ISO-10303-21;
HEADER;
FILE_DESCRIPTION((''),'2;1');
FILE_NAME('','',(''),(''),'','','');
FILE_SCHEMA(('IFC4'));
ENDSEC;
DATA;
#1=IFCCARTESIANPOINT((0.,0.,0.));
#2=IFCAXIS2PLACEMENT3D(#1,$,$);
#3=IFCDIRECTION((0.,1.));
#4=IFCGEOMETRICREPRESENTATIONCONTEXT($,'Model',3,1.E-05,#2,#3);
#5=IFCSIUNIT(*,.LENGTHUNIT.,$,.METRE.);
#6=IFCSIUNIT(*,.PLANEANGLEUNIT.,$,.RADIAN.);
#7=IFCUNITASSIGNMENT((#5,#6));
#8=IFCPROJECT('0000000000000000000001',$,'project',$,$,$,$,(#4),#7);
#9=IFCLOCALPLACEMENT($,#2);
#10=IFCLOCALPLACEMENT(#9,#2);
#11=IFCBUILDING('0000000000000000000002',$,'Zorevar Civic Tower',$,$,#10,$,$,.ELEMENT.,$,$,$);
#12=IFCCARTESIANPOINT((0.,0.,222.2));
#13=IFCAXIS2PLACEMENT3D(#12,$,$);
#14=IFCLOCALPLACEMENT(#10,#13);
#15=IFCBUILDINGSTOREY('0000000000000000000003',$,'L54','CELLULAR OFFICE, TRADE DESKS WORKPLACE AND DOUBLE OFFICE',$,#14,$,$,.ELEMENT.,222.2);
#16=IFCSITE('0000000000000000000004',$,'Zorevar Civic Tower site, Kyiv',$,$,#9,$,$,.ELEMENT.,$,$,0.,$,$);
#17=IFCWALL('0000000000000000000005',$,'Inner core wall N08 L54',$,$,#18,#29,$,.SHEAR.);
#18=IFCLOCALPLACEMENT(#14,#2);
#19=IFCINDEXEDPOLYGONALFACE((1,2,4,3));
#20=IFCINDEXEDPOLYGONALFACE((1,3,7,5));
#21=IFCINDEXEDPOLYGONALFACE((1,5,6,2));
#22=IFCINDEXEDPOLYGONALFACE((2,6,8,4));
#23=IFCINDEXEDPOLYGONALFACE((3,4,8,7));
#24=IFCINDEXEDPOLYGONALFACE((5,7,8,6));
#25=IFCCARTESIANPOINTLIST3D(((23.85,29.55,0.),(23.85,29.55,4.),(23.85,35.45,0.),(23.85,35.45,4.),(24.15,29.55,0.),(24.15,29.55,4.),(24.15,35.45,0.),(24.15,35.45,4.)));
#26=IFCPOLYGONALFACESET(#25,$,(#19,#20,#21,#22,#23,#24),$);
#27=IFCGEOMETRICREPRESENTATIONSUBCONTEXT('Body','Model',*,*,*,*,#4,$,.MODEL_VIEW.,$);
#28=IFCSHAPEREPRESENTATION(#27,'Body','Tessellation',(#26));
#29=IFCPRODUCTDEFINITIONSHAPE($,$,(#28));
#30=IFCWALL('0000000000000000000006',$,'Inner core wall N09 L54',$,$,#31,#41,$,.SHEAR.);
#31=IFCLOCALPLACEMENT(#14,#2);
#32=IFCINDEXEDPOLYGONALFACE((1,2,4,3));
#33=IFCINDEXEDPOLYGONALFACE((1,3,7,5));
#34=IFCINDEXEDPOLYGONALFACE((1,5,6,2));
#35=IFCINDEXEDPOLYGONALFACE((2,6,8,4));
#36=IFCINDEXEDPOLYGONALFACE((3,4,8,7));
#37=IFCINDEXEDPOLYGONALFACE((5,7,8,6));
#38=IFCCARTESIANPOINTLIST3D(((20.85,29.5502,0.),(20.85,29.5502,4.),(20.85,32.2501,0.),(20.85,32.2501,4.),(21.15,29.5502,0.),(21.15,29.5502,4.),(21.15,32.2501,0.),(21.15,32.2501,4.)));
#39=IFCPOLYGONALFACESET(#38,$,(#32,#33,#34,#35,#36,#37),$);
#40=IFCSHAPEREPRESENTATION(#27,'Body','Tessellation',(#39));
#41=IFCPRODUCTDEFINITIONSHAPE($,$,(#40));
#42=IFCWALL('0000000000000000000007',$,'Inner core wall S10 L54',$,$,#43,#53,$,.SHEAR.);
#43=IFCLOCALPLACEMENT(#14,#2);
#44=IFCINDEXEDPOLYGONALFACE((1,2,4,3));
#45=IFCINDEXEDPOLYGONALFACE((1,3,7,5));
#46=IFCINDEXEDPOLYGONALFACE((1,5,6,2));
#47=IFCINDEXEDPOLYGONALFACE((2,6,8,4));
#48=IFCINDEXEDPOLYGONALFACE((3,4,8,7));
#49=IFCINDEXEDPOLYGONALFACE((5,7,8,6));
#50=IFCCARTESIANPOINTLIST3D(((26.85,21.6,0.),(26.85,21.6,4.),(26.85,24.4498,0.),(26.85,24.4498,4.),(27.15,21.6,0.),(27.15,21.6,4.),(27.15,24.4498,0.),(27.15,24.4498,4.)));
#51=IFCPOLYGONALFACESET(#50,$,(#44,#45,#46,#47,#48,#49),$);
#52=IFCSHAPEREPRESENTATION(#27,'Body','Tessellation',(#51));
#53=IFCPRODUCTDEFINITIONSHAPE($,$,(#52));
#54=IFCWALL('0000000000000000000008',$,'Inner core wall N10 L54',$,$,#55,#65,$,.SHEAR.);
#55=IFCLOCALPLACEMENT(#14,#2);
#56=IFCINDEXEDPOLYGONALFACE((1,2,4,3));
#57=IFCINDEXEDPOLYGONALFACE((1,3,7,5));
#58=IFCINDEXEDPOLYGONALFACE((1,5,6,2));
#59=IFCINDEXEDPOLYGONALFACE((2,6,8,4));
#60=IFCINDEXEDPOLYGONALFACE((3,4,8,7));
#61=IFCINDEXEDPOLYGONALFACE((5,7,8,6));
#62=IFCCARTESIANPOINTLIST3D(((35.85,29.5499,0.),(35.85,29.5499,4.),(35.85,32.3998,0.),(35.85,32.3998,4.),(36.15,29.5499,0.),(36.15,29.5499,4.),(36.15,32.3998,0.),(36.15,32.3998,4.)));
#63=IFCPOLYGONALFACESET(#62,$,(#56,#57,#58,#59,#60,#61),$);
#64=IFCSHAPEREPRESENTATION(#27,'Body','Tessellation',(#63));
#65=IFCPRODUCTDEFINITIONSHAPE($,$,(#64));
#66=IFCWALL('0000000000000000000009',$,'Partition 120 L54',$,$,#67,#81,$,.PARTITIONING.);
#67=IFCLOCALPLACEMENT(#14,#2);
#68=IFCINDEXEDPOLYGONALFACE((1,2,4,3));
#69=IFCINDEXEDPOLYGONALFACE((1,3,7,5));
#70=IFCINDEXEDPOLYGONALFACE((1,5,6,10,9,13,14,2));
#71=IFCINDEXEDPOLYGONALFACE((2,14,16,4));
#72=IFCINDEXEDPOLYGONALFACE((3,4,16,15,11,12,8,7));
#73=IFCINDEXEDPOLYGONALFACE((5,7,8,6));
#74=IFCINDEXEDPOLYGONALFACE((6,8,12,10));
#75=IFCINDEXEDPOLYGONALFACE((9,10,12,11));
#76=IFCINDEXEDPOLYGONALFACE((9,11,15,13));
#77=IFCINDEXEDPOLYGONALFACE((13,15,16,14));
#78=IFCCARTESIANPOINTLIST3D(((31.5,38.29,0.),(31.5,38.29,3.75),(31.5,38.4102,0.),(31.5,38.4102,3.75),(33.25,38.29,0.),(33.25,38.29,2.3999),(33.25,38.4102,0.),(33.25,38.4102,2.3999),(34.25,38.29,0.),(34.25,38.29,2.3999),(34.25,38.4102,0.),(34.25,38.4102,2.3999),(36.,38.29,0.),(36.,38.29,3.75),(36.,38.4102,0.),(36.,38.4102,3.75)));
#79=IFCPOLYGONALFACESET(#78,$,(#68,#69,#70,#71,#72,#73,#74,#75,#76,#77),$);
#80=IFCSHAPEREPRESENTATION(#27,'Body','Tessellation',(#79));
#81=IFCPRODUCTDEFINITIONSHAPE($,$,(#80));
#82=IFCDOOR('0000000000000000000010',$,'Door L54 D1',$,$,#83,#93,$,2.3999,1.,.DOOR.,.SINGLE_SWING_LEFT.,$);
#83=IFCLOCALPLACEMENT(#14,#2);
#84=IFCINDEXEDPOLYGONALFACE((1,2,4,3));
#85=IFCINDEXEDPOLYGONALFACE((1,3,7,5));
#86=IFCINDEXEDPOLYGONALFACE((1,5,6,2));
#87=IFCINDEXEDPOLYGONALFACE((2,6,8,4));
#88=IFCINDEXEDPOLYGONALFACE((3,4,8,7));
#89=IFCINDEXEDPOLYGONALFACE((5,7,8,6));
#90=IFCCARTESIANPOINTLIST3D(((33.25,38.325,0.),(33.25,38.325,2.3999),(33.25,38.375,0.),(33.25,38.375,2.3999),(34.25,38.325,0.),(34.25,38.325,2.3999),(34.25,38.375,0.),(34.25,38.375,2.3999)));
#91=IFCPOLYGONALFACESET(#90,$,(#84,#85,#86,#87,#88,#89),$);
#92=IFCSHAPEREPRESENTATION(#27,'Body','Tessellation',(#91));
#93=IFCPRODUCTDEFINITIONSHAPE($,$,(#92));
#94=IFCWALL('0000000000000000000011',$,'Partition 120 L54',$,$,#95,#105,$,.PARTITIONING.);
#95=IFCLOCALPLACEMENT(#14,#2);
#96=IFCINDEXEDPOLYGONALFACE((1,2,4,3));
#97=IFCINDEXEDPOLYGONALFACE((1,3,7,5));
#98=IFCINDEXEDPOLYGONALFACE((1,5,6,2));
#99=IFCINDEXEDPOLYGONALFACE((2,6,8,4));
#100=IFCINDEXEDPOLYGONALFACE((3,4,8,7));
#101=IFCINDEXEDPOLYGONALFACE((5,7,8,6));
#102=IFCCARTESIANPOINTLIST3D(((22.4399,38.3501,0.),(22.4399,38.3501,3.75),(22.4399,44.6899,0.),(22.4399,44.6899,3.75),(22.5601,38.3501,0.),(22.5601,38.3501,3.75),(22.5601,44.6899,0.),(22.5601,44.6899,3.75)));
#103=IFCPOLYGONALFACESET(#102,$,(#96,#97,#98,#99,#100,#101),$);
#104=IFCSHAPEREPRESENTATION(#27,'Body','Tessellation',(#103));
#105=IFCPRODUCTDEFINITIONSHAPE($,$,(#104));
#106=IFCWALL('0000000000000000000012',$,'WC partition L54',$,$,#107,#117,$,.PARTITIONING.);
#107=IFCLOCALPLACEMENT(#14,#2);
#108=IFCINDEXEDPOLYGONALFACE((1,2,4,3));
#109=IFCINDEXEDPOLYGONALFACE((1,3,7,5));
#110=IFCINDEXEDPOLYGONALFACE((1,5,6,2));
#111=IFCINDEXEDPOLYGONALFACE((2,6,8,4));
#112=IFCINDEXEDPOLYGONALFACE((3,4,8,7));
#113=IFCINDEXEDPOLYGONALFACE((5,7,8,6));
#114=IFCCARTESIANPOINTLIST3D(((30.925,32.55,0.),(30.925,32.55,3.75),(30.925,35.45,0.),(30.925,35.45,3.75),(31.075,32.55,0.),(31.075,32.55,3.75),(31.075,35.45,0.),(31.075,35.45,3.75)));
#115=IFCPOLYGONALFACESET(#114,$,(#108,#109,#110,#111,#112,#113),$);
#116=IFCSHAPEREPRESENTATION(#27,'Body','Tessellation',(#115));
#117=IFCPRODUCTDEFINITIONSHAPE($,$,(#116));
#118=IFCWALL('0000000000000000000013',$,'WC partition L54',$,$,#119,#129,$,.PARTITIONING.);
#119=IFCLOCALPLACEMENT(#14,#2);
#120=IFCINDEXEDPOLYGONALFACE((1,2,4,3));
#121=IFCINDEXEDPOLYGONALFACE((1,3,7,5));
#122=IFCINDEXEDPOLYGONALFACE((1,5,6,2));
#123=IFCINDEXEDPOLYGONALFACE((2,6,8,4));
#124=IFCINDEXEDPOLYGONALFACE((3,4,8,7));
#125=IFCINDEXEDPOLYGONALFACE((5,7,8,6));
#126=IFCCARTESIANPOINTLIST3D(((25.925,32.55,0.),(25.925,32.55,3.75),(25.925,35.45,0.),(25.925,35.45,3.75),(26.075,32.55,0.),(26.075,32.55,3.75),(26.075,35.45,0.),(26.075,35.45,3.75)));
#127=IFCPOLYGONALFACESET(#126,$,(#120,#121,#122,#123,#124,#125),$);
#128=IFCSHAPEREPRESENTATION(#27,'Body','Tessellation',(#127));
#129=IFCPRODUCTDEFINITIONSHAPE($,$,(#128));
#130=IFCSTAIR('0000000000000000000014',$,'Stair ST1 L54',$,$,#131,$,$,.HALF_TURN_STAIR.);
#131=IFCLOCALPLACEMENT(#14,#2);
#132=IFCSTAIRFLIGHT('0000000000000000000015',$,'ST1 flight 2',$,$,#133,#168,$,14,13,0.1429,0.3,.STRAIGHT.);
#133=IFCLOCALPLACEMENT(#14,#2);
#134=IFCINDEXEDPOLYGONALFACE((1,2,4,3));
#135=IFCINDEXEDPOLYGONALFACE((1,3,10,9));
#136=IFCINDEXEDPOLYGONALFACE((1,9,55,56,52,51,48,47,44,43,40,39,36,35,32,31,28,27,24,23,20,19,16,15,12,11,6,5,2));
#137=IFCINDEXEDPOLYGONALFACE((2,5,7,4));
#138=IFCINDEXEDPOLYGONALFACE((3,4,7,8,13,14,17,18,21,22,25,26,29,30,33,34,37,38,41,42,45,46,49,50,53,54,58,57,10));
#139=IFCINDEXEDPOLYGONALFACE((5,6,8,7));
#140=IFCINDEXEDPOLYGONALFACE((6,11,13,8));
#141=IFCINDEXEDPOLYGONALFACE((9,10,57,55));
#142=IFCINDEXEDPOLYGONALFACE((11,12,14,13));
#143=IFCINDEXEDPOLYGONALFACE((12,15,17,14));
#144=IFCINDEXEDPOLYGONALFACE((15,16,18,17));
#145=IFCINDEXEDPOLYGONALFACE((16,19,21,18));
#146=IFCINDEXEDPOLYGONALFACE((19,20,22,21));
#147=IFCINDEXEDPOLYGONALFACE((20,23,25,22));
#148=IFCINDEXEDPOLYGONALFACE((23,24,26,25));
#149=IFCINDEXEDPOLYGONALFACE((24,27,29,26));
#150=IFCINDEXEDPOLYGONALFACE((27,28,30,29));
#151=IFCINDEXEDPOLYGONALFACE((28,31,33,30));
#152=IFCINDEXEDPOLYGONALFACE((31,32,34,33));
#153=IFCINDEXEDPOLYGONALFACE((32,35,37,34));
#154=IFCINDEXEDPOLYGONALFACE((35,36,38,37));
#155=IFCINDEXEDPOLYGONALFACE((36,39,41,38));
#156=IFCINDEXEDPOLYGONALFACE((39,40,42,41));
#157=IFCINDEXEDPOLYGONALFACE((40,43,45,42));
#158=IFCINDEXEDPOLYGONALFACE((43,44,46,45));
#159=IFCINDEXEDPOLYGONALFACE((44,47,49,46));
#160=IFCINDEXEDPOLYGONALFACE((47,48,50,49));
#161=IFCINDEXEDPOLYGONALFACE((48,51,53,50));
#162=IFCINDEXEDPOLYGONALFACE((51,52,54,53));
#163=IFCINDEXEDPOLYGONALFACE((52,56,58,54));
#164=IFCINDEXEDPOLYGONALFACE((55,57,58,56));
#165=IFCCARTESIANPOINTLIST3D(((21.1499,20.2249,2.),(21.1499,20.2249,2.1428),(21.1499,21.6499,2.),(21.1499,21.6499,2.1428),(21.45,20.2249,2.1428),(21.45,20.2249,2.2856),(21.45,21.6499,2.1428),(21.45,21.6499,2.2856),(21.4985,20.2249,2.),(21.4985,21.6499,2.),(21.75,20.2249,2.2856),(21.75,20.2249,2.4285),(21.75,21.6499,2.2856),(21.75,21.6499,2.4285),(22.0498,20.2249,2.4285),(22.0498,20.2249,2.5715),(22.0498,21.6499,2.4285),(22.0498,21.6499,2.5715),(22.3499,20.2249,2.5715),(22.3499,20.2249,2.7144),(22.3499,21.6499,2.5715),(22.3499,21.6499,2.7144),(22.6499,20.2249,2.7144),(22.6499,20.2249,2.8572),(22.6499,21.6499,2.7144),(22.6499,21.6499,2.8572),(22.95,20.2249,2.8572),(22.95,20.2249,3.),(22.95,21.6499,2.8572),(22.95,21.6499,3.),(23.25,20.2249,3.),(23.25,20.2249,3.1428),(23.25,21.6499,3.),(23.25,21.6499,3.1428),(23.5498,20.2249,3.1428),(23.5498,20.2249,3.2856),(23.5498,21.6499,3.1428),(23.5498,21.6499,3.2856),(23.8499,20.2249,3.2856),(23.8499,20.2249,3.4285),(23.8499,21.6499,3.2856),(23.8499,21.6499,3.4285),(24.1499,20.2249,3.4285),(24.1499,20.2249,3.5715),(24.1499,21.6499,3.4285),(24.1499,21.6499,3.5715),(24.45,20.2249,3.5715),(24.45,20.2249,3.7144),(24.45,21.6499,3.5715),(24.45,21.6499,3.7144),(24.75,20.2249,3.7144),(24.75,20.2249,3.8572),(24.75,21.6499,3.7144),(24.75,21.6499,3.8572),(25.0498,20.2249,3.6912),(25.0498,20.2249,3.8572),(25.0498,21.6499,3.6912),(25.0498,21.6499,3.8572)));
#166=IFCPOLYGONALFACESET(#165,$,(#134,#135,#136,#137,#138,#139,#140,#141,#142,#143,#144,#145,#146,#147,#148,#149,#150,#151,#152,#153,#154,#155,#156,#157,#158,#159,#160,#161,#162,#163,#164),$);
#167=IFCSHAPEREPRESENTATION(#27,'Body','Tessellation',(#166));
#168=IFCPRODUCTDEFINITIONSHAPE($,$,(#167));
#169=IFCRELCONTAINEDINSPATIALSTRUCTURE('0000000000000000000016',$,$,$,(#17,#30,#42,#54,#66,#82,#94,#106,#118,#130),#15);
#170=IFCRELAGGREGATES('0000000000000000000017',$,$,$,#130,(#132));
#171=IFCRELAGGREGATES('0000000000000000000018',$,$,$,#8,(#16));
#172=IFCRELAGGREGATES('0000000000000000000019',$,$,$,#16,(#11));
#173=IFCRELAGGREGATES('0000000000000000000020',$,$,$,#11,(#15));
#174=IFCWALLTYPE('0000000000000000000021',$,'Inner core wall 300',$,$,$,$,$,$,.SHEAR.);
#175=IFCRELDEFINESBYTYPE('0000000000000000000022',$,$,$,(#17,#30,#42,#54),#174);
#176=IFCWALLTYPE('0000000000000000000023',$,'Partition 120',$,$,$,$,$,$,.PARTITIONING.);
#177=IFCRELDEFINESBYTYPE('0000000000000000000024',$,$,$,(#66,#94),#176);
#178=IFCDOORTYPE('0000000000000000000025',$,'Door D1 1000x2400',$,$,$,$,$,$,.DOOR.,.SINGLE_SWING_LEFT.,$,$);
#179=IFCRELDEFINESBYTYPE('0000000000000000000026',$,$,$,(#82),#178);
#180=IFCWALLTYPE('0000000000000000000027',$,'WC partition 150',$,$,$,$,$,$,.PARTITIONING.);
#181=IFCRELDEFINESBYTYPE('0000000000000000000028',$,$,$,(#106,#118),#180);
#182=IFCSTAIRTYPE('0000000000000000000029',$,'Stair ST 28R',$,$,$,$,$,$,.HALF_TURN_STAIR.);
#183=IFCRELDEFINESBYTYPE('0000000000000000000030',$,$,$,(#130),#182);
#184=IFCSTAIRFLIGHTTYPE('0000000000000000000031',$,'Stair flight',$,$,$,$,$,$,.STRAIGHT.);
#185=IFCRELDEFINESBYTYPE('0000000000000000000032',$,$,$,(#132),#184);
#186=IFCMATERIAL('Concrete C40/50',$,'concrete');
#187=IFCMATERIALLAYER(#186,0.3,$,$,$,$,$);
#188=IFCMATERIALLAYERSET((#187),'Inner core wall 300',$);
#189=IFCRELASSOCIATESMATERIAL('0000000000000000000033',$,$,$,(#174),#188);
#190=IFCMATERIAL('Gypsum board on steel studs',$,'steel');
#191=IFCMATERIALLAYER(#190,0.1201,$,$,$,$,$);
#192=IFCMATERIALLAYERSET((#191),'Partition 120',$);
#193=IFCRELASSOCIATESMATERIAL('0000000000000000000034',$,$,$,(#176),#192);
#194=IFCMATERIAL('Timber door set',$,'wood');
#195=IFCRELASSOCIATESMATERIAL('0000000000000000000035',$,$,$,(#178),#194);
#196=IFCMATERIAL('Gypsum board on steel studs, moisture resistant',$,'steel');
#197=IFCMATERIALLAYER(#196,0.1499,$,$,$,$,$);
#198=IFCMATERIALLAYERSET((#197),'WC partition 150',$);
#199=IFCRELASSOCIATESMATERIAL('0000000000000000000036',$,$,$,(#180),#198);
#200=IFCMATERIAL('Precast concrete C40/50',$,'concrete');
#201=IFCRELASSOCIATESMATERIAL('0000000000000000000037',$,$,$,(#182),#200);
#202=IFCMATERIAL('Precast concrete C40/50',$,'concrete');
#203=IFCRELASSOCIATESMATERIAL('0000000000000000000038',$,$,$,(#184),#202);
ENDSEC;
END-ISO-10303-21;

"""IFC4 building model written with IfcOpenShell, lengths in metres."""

from ifc_helpers import new_model, si_unit, direction, frame, frame_2d, origin, place, context, subcontext, project, spatial, polyline, rectangle, outline, extrude, material, layer, layer_set, type_object, element, fill, aggregate, save


model = new_model("IFC4")

# Units and contexts
model_context = context("Model", 3, precision=1e-05, world=origin(), true_north=direction((0.0, 1.0)))
body_context = subcontext(model_context, "Body", "Model", "MODEL_VIEW")
ifc_project = project(units=[si_unit("LENGTHUNIT", "METRE"), si_unit("PLANEANGLEUNIT", "RADIAN")], contexts=[model_context])

# Site, building, storey
site_placement = place(None, origin())
site = spatial("IfcSite", under=ifc_project, at=site_placement, Name="Zorevar Civic Tower site, Kyiv", CompositionType="ELEMENT", RefElevation=0.0)
building_placement = place(site_placement, origin())
building = spatial("IfcBuilding", under=site, at=building_placement, Name="Zorevar Civic Tower", CompositionType="ELEMENT")
storey_placement = place(building_placement, frame((0.0, 0.0, 222.2)))
storey = spatial("IfcBuildingStorey", under=building, at=storey_placement, Name="L54", Description="CELLULAR OFFICE, TRADE DESKS WORKPLACE AND DOUBLE OFFICE", CompositionType="ELEMENT", Elevation=222.2)

# Shared definitions
ifc_material_1 = material(Name="Concrete C40/50", Category="concrete")
ifc_layer_1 = layer(ifc_material_1, 0.3)
ifc_layer_set_1 = layer_set([ifc_layer_1], Name="Inner core wall 300")
wall_type_1 = type_object("IfcWallType", Name="Inner core wall 300", PredefinedType="SHEAR", material=ifc_layer_set_1)

# Walls
wall_1_placement = place(storey_placement, frame((24.0, 29.55, 0.0), z_axis=(0.0, 0.0, 1.0), x_axis=(0.0, 1.0, 0.0)))
element("IfcWall", 1, at=wall_1_placement, inside=storey, type_object=wall_type_1, Name="Inner core wall N08 L54", PredefinedType="SHEAR", context=body_context, shape_type="SweptSolid", body=[
    extrude(rectangle(XDim=5.8999, YDim=0.3, at=frame_2d((2.95, 0.0))), origin(), (0.0, 0.0, 1.0), 4.0),
])
wall_2_placement = place(storey_placement, frame((21.0, 29.55, 0.0), z_axis=(0.0, 0.0, 1.0), x_axis=(0.0, 1.0, 0.0)))
element("IfcWall", 2, at=wall_2_placement, inside=storey, type_object=wall_type_1, Name="Inner core wall N09 L54", PredefinedType="SHEAR", context=body_context, shape_type="SweptSolid", body=[
    extrude(rectangle(XDim=2.7, YDim=0.3, at=frame_2d((1.3501, 0.0))), origin(), (0.0, 0.0, 1.0), 4.0),
])
for number, where, z_axis, x_axis, name in (
    (3, (27.0, 21.6001, 0.0), (0.0, 0.0, 1.0), (0.0, 1.0, 0.0), "Inner core wall S10 L54"),
    (4, (36.0, 29.55, 0.0), (0.0, 0.0, 1.0), (0.0, 1.0, 0.0), "Inner core wall N10 L54"),
):
    element("IfcWall", number, at=place(storey_placement, frame(where, z_axis=z_axis, x_axis=x_axis)), inside=storey, type_object=wall_type_1, Name=name, PredefinedType="SHEAR", context=body_context, shape_type="SweptSolid", body=[
        extrude(rectangle(XDim=2.8499, YDim=0.3, at=frame_2d((1.4248, 0.0))), origin(), (0.0, 0.0, 1.0), 4.0),
    ])

# Wall, opening, door
ifc_material_2 = material(Name="Gypsum board on steel studs", Category="steel")
ifc_layer_2 = layer(ifc_material_2, 0.1201)
ifc_layer_set_2 = layer_set([ifc_layer_2], Name="Partition 120")
wall_type_2 = type_object("IfcWallType", Name="Partition 120", PredefinedType="PARTITIONING", material=ifc_layer_set_2)
wall_3_placement = place(storey_placement, frame((31.5, 38.3501, 0.0), z_axis=(0.0, 0.0, 1.0), x_axis=(1.0, 0.0, 0.0)))
wall_3 = element("IfcWall", 5, at=wall_3_placement, inside=storey, type_object=wall_type_2, Name="Partition 120 L54", PredefinedType="PARTITIONING", context=body_context, shape_type="SweptSolid", body=[
    extrude(rectangle(XDim=4.5, YDim=0.1201, at=frame_2d((2.25, 0.0))), origin(), (0.0, 0.0, 1.0), 3.75),
])
opening_1_placement = place(wall_3_placement, frame((1.75, 0.0, 0.0)))
opening_1 = element("IfcOpeningElement", 6, at=opening_1_placement, cuts=wall_3, PredefinedType="OPENING", context=body_context, shape_type="SweptSolid", body=[
    extrude(rectangle(XDim=1.0, YDim=2.3999, at=frame_2d((0.5, 1.2))), frame((0.0, 0.0701, 0.0), z_axis=(0.0, -1.0, 0.0), x_axis=(1.0, 0.0, 0.0)), (0.0, 0.0, 1.0), 0.1401),
])
ifc_material_3 = material(Name="Timber door set", Category="wood")
door_type_1 = type_object("IfcDoorType", Name="Door D1 1000x2400", OperationType="SINGLE_SWING_LEFT", PredefinedType="DOOR", material=ifc_material_3)
door_1_placement = place(opening_1_placement, origin())
door_1 = element("IfcDoor", 7, at=door_1_placement, inside=storey, type_object=door_type_1, Name="Door L54 D1", OperationType="SINGLE_SWING_LEFT", OverallHeight=2.3999, OverallWidth=1.0, PredefinedType="DOOR", context=body_context, shape_type="SweptSolid", body=[
    extrude(rectangle(XDim=1.0, YDim=2.3999, at=frame_2d((0.5, 1.2))), frame((0.0, 0.0249, 0.0), z_axis=(0.0, -1.0, 0.0), x_axis=(1.0, 0.0, 0.0)), (0.0, 0.0, 1.0), 0.05),
])
fill(opening_1, door_1)

# Walls
wall_4_placement = place(storey_placement, frame((22.5, 38.3501, 0.0), z_axis=(0.0, 0.0, 1.0), x_axis=(0.0, 1.0, 0.0)))
element("IfcWall", 8, at=wall_4_placement, inside=storey, type_object=wall_type_2, Name="Partition 120 L54", PredefinedType="PARTITIONING", context=body_context, shape_type="SweptSolid", body=[
    extrude(rectangle(XDim=6.3398, YDim=0.1201, at=frame_2d((3.1699, 0.0))), origin(), (0.0, 0.0, 1.0), 3.75),
])
ifc_material_4 = material(Name="Gypsum board on steel studs, moisture resistant", Category="steel")
ifc_layer_3 = layer(ifc_material_4, 0.1499)
ifc_layer_set_3 = layer_set([ifc_layer_3], Name="WC partition 150")
wall_type_3 = type_object("IfcWallType", Name="WC partition 150", PredefinedType="PARTITIONING", material=ifc_layer_set_3)
for number, where, z_axis, x_axis, name in (
    (9, (31.0, 32.55, 0.0), (0.0, 0.0, 1.0), (0.0, 1.0, 0.0), "WC partition L54"),
    (10, (26.0, 32.55, 0.0), (0.0, 0.0, 1.0), (0.0, 1.0, 0.0), "WC partition L54"),
):
    element("IfcWall", number, at=place(storey_placement, frame(where, z_axis=z_axis, x_axis=x_axis)), inside=storey, type_object=wall_type_3, Name=name, PredefinedType="PARTITIONING", context=body_context, shape_type="SweptSolid", body=[
        extrude(rectangle(XDim=2.8999, YDim=0.1499, at=frame_2d((1.45, 0.0))), origin(), (0.0, 0.0, 1.0), 3.75),
    ])

# Stair, stair flight
ifc_material_5 = material(Name="Precast concrete C40/50", Category="concrete")
stair_type = type_object("IfcStairType", Name="Stair ST 28R", PredefinedType="HALF_TURN_STAIR", material=ifc_material_5)
stair_1_placement = place(storey_placement, origin())
stair_1 = element("IfcStair", 11, at=stair_1_placement, inside=storey, type_object=stair_type, Name="Stair ST1 L54", PredefinedType="HALF_TURN_STAIR")
ifc_material_6 = material(Name="Precast concrete C40/50", Category="concrete")
stair_flight_type = type_object("IfcStairFlightType", Name="Stair flight", PredefinedType="STRAIGHT", material=ifc_material_6)
stair_flight_1_placement = place(storey_placement, frame((21.1499, 20.9375, 2.0), z_axis=(0.0, 0.0, 1.0), x_axis=(1.0, 0.0, 0.0)))
stair_flight_1 = element("IfcStairFlight", 12, at=stair_flight_1_placement, type_object=stair_flight_type, Name="ST1 flight 2", NumberOfRisers=14, NumberOfTreads=13, PredefinedType="STRAIGHT", RiserHeight=0.1429, TreadLength=0.3, context=body_context, shape_type="SweptSolid", body=[
    extrude(outline(polyline([(0.0, 0.0), (0.0, 0.1428), (0.3, 0.1428), (0.3, 0.2856), (0.6001, 0.2856), (0.6001, 0.4285), (0.8999, 0.4285), (0.8999, 0.5715), (1.2, 0.5715), (1.2, 0.7144), (1.5, 0.7144), (1.5, 0.8572), (1.8, 0.8572), (1.8, 1.0), (2.1001, 1.0), (2.1001, 1.1428), (2.3999, 1.1428), (2.3999, 1.2856), (2.7, 1.2856), (2.7, 1.4285), (3.0, 1.4285), (3.0, 1.5715), (3.3, 1.5715), (3.3, 1.7144), (3.6001, 1.7144), (3.6001, 1.8572), (3.8999, 1.8572), (3.8999, 2.0), (3.8999, 1.6912), (0.3486, 0.0), (0.0, 0.0)])), frame((0.0, 0.7124, 0.0), z_axis=(0.0, -1.0, 0.0), x_axis=(1.0, 0.0, 0.0)), (0.0, 0.0, 1.0), 1.425),
])
aggregate(stair_1, [stair_flight_1])

save(model, "model.ifc")
